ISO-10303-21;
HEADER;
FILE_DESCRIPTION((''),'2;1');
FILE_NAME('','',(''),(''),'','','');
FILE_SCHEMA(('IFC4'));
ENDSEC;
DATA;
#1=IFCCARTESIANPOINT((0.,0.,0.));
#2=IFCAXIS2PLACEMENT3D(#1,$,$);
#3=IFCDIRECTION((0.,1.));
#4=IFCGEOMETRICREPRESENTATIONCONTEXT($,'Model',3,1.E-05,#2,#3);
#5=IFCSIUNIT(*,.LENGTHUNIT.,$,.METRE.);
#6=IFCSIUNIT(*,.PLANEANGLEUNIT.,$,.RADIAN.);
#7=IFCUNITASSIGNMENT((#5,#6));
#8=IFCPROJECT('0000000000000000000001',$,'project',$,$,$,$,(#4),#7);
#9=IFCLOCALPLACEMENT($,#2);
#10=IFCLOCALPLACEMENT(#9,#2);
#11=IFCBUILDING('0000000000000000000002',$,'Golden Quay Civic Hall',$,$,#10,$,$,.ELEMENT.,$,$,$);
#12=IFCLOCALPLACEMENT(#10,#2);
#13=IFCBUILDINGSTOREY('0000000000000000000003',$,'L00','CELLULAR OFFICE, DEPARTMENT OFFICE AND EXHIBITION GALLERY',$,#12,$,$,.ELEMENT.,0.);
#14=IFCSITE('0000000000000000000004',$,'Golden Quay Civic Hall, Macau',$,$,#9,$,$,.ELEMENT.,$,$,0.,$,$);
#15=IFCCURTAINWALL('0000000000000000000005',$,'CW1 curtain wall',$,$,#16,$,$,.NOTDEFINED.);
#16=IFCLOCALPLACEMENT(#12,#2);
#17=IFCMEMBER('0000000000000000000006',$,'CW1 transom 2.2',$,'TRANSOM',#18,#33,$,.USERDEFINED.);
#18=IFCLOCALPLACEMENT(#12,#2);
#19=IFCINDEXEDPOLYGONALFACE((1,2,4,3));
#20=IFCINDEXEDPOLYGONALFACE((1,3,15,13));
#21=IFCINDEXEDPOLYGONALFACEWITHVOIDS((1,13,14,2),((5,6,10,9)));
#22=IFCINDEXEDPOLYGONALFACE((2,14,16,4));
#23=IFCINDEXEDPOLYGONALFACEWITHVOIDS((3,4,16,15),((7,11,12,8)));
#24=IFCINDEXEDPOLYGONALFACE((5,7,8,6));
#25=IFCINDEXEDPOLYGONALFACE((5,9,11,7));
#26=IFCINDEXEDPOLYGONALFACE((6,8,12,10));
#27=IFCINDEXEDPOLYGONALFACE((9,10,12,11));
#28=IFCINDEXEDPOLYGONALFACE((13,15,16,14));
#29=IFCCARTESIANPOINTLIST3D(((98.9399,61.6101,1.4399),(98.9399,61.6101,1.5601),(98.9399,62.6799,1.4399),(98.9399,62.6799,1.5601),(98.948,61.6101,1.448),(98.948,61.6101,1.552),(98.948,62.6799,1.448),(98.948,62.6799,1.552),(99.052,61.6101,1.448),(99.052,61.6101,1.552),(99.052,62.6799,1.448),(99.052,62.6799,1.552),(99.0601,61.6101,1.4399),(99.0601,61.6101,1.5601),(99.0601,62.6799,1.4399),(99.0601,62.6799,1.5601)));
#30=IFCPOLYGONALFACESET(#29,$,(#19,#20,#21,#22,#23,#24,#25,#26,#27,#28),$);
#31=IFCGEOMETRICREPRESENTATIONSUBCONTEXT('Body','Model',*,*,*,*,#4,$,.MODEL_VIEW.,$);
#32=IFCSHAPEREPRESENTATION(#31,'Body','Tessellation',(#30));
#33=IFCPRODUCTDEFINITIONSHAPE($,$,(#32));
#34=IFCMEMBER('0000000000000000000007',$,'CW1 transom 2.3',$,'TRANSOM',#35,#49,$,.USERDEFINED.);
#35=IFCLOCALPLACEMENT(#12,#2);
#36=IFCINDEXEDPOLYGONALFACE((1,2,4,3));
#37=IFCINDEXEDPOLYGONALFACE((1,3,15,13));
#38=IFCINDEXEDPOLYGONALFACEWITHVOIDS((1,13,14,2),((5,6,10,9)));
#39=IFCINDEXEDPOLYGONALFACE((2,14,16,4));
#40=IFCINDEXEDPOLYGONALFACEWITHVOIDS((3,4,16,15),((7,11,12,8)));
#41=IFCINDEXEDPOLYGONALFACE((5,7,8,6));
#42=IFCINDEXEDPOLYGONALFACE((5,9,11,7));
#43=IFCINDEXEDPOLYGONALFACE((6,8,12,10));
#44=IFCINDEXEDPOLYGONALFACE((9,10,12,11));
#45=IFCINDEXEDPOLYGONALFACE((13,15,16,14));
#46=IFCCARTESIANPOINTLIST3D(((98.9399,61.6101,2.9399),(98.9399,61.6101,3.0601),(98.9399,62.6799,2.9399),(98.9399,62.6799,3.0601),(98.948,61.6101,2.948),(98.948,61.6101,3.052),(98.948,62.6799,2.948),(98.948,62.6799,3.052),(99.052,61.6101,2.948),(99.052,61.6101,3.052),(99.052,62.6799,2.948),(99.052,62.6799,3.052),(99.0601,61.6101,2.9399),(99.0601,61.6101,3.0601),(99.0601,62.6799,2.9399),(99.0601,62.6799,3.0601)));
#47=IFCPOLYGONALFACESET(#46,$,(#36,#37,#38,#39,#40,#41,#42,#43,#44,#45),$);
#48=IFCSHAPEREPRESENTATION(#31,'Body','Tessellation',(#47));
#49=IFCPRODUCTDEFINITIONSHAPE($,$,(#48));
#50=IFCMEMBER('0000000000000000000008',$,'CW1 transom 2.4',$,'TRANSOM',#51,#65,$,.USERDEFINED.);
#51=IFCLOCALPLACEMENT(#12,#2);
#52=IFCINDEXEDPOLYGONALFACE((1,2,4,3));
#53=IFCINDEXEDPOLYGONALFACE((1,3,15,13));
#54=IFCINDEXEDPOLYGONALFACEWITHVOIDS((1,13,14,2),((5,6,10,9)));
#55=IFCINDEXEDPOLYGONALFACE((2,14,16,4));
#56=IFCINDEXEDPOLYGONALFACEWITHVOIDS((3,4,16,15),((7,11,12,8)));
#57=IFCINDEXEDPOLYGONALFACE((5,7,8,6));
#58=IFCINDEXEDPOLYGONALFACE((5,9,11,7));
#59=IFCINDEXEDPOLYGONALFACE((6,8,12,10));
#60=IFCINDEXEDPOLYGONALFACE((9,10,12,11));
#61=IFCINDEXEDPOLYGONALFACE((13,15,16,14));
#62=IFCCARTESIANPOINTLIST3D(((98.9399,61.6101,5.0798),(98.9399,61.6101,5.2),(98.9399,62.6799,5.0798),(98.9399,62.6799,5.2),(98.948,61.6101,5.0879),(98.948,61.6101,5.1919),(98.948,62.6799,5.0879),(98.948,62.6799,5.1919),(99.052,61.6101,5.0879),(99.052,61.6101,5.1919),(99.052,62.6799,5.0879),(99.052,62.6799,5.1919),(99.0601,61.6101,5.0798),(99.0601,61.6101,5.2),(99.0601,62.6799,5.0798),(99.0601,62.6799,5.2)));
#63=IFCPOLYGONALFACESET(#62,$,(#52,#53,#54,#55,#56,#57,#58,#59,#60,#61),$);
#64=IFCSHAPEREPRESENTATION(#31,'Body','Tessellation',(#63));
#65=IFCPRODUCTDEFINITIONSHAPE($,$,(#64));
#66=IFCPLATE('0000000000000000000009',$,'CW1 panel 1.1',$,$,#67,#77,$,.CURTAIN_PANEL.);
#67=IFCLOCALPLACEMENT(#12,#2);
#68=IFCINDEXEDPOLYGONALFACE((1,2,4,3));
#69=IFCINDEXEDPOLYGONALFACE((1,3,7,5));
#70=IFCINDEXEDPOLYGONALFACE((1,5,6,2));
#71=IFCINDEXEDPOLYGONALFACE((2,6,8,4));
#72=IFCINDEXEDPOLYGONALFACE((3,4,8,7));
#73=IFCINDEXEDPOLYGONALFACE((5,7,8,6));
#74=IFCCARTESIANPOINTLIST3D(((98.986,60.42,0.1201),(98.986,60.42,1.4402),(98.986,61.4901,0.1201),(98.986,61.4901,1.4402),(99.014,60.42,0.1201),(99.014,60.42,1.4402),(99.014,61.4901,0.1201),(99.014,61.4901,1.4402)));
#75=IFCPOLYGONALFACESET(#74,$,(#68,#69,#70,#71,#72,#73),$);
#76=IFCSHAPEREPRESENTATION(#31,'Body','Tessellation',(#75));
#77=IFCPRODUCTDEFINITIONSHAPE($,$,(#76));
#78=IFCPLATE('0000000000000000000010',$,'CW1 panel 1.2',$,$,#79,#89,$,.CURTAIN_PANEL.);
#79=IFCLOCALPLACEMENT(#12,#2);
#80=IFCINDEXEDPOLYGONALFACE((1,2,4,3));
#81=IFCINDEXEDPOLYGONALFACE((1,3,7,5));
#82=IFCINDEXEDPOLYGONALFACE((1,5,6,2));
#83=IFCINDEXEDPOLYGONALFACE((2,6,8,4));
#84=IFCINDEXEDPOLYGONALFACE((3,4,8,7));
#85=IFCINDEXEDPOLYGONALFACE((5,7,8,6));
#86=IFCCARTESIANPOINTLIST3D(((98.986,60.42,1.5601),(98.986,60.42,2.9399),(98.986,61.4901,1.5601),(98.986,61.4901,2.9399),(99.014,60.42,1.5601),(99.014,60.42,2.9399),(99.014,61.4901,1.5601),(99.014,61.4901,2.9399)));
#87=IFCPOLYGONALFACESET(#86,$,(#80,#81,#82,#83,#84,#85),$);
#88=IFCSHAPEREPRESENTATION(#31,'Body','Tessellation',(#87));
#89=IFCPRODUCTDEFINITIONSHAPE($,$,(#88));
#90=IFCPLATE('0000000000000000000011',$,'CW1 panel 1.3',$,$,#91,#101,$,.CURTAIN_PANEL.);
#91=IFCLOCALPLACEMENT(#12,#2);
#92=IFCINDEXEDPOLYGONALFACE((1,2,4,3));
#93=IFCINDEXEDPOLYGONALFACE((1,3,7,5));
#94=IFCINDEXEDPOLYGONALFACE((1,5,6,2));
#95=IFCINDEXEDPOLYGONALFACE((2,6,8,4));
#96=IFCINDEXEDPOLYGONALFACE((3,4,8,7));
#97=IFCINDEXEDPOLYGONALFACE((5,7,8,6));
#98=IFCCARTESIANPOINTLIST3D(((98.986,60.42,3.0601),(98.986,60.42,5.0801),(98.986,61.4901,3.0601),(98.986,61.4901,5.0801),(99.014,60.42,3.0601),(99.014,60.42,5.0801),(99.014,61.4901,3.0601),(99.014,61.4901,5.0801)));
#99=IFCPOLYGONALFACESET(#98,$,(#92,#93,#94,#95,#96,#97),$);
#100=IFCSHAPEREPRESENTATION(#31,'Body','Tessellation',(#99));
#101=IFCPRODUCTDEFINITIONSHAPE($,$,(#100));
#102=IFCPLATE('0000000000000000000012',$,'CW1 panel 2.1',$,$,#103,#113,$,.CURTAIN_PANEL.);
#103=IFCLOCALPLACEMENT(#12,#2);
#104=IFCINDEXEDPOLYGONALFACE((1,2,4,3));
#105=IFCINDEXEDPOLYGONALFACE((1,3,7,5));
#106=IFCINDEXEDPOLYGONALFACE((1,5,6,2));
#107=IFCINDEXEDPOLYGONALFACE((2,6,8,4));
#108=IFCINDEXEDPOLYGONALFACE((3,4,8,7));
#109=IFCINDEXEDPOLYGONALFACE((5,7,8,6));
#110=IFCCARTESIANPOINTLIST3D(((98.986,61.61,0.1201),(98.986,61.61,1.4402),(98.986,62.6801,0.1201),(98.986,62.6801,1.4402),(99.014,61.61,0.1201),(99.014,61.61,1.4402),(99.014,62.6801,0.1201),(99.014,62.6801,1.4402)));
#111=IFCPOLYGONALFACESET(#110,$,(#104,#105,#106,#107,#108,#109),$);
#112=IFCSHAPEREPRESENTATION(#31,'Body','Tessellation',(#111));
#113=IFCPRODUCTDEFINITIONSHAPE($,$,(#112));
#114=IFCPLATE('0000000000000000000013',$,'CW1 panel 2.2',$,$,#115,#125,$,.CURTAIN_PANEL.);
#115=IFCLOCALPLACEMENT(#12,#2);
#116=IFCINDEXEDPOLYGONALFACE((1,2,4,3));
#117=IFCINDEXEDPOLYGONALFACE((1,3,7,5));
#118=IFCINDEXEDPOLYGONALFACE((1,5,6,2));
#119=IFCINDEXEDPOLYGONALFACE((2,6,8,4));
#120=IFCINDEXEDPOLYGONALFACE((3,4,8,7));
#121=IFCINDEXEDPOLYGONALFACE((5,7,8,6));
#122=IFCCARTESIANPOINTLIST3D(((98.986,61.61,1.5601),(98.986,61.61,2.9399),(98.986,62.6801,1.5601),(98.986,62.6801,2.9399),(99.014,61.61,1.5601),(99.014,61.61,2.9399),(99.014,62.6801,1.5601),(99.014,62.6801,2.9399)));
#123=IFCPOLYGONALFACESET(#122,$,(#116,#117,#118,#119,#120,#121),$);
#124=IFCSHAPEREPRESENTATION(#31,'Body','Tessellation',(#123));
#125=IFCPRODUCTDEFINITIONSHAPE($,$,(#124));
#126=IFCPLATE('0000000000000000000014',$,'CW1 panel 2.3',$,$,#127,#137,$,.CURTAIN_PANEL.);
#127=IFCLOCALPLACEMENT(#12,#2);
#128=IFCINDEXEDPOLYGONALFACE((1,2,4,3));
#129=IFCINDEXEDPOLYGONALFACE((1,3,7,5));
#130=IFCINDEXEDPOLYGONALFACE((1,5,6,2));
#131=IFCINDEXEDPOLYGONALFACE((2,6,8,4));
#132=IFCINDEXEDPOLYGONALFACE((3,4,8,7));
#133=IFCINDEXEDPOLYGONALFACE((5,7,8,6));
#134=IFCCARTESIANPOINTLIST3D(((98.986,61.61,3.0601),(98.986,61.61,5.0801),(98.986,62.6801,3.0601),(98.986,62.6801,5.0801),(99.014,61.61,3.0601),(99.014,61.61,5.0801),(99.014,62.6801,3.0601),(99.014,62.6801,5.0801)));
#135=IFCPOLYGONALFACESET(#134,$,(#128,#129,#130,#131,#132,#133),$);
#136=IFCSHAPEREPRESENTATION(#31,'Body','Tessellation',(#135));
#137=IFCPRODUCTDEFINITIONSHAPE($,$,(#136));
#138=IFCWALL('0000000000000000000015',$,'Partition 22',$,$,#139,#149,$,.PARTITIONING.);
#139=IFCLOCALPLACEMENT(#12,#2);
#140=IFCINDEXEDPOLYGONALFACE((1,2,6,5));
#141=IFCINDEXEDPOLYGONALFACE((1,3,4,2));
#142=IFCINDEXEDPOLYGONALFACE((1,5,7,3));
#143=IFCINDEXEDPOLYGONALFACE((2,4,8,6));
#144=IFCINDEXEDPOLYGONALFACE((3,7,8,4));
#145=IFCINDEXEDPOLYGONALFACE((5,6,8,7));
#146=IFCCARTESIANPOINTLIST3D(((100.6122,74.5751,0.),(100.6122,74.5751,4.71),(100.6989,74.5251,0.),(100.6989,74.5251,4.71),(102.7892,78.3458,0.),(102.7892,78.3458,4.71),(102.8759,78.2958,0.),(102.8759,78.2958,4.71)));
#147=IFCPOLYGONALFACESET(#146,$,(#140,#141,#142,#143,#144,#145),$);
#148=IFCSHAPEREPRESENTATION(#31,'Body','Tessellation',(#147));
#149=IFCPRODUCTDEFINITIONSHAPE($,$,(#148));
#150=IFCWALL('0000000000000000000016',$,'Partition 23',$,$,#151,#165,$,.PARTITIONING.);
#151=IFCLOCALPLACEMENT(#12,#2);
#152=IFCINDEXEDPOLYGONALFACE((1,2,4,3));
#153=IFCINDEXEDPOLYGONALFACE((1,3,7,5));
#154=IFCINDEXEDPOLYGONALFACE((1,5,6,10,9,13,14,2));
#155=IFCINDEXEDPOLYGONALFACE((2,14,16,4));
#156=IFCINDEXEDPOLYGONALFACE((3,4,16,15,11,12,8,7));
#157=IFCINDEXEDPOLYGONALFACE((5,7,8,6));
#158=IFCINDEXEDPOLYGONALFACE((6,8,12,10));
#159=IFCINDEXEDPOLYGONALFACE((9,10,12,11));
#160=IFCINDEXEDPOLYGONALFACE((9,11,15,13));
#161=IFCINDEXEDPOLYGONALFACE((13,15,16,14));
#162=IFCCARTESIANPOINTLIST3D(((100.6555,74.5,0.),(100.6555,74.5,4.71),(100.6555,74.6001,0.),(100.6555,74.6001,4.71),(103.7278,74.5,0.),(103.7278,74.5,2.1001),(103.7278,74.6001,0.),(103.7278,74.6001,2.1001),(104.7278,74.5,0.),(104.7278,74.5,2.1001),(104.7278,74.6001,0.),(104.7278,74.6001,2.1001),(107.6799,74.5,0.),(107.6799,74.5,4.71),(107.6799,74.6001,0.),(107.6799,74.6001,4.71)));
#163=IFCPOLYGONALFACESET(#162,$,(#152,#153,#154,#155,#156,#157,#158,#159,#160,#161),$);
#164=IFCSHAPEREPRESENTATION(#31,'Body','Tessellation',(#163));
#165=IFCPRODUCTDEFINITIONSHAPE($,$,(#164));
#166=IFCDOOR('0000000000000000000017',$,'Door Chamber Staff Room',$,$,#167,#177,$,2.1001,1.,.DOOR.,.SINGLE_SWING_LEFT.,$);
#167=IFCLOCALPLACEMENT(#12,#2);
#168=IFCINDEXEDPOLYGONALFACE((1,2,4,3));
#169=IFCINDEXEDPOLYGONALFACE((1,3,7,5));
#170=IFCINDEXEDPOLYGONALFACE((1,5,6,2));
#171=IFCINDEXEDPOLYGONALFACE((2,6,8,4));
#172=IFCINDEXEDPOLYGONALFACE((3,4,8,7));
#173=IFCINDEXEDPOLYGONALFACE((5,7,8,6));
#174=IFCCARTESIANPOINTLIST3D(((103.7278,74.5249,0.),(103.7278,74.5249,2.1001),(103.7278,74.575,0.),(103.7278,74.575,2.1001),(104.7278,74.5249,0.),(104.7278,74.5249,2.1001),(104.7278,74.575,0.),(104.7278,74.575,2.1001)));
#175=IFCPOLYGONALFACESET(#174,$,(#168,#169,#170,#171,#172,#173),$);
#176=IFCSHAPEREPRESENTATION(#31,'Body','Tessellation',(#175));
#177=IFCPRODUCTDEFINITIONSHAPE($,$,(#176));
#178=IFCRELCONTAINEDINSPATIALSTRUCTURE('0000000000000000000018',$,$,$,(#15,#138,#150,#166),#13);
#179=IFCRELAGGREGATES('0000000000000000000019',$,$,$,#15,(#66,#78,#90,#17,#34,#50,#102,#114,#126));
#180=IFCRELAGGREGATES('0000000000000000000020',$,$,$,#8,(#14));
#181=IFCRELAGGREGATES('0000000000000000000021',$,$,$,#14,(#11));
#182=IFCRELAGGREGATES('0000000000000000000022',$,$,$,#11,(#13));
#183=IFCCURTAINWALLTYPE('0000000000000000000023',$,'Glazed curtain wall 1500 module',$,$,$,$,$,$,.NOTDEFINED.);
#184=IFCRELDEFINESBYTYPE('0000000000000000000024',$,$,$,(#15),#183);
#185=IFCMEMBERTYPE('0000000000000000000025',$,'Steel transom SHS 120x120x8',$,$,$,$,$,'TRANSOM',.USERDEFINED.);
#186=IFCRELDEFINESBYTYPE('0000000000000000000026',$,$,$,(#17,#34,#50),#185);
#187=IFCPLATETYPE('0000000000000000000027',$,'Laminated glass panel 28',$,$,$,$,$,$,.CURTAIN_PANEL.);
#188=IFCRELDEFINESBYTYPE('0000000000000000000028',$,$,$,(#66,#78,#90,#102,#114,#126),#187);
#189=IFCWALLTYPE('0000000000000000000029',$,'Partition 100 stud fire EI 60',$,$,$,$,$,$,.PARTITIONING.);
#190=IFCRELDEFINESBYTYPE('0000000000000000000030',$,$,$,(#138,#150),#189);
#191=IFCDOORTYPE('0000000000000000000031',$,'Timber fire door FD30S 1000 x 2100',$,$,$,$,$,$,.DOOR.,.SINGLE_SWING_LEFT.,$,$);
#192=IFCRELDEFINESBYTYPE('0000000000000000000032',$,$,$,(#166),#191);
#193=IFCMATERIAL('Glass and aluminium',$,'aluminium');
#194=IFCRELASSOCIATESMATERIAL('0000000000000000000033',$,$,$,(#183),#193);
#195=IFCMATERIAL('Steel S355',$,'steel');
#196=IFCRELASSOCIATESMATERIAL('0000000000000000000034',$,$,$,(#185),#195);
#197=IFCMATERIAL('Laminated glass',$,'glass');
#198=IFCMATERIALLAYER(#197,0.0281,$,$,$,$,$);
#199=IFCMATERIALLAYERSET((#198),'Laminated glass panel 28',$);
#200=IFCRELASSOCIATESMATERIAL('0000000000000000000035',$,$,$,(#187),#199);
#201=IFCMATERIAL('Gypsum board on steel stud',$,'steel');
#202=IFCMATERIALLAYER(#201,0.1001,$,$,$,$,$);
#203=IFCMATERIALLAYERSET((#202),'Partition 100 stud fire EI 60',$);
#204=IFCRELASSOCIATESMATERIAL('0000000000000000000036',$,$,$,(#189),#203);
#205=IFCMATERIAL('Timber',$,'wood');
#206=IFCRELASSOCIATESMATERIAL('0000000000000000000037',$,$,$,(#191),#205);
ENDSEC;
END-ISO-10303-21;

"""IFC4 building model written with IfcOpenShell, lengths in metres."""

from ifc_helpers import new_model, si_unit, direction, frame, frame_2d, origin, origin_2d, place, context, subcontext, project, spatial, rectangle, hollow_rectangle, extrude, material, layer, layer_set, material_profile, profile_set, type_object, element, fill, aggregate, save


model = new_model("IFC4")

# Units and contexts
model_context = context("Model", 3, precision=1e-05, world=origin(), true_north=direction((0.0, 1.0)))
body_context = subcontext(model_context, "Body", "Model", "MODEL_VIEW")
ifc_project = project(units=[si_unit("LENGTHUNIT", "METRE"), si_unit("PLANEANGLEUNIT", "RADIAN")], contexts=[model_context])

# Site, building, storey
site_placement = place(None, origin())
site = spatial("IfcSite", under=ifc_project, at=site_placement, Name="Golden Quay Civic Hall, Macau", CompositionType="ELEMENT", RefElevation=0.0)
building_placement = place(site_placement, origin())
building = spatial("IfcBuilding", under=site, at=building_placement, Name="Golden Quay Civic Hall", CompositionType="ELEMENT")
storey_placement = place(building_placement, origin())
storey = spatial("IfcBuildingStorey", under=building, at=storey_placement, Name="L00", Description="CELLULAR OFFICE, DEPARTMENT OFFICE AND EXHIBITION GALLERY", CompositionType="ELEMENT", Elevation=0.0)

# Curtain wall, members, plates
ifc_material_1 = material(Name="Glass and aluminium", Category="aluminium")
curtain_wall_type = type_object("IfcCurtainWallType", Name="Glazed curtain wall 1500 module", PredefinedType="NOTDEFINED", material=ifc_material_1)
curtain_wall_placement = place(storey_placement, origin())
curtain_wall = element("IfcCurtainWall", 1, at=curtain_wall_placement, inside=storey, type_object=curtain_wall_type, Name="CW1 curtain wall", PredefinedType="NOTDEFINED")
ifc_material_2 = material(Name="Steel S355", Category="steel")
ifc_material_profile_1 = material_profile(ifc_material_2, hollow_rectangle(XDim=0.1201, YDim=0.1201, WallThickness=0.0081, at=origin_2d()), Name="SHS 120x120x8")
ifc_profile_set_1 = profile_set([ifc_material_profile_1], Name="Steel S355")
member_type_1 = type_object("IfcMemberType", Name="Steel transom SHS 120x120x8", ElementType="TRANSOM", PredefinedType="USERDEFINED", material=ifc_profile_set_1)
member_1_placement = place(storey_placement, frame((99.0, 61.6101, 1.5), z_axis=(0.0, 1.0, 0.0), x_axis=(-1.0, 0.0, 0.0)))
member_1 = element("IfcMember", 2, at=member_1_placement, type_object=member_type_1, Name="CW1 transom 2.2", ObjectType="TRANSOM", PredefinedType="USERDEFINED", context=body_context, shape_type="SweptSolid", body=[
    extrude(hollow_rectangle(XDim=0.1201, YDim=0.1201, WallThickness=0.0081, at=origin_2d()), origin(), (0.0, 0.0, 1.0), 1.0698),
])
member_2_placement = place(storey_placement, frame((99.0, 61.6101, 3.0), z_axis=(0.0, 1.0, 0.0), x_axis=(-1.0, 0.0, 0.0)))
member_2 = element("IfcMember", 3, at=member_2_placement, type_object=member_type_1, Name="CW1 transom 2.3", ObjectType="TRANSOM", PredefinedType="USERDEFINED", context=body_context, shape_type="SweptSolid", body=[
    extrude(hollow_rectangle(XDim=0.1201, YDim=0.1201, WallThickness=0.0081, at=origin_2d()), origin(), (0.0, 0.0, 1.0), 1.0698),
])
member_3_placement = place(storey_placement, frame((99.0, 61.6101, 5.1399), z_axis=(0.0, 1.0, 0.0), x_axis=(-1.0, 0.0, 0.0)))
member_3 = element("IfcMember", 4, at=member_3_placement, type_object=member_type_1, Name="CW1 transom 2.4", ObjectType="TRANSOM", PredefinedType="USERDEFINED", context=body_context, shape_type="SweptSolid", body=[
    extrude(hollow_rectangle(XDim=0.1201, YDim=0.1201, WallThickness=0.0081, at=origin_2d()), origin(), (0.0, 0.0, 1.0), 1.0698),
])
ifc_material_3 = material(Name="Laminated glass", Category="glass")
ifc_layer_1 = layer(ifc_material_3, 0.0281)
ifc_layer_set_1 = layer_set([ifc_layer_1], Name="Laminated glass panel 28")
plate_type = type_object("IfcPlateType", Name="Laminated glass panel 28", PredefinedType="CURTAIN_PANEL", material=ifc_layer_set_1)
plate_1_placement = place(storey_placement, frame((99.0, 60.9551, 0.1201), z_axis=(0.0, 0.0, 1.0), x_axis=(0.0, 1.0, 0.0)))
plate_1 = element("IfcPlate", 5, at=plate_1_placement, type_object=plate_type, Name="CW1 panel 1.1", PredefinedType="CURTAIN_PANEL", context=body_context, shape_type="SweptSolid", body=[
    extrude(rectangle(XDim=1.0701, YDim=0.0281, at=origin_2d()), origin(), (0.0, 0.0, 1.0), 1.3201),
])
plate_2_placement = place(storey_placement, frame((99.0, 60.9551, 1.5601), z_axis=(0.0, 0.0, 1.0), x_axis=(0.0, 1.0, 0.0)))
plate_2 = element("IfcPlate", 6, at=plate_2_placement, type_object=plate_type, Name="CW1 panel 1.2", PredefinedType="CURTAIN_PANEL", context=body_context, shape_type="SweptSolid", body=[
    extrude(rectangle(XDim=1.0701, YDim=0.0281, at=origin_2d()), origin(), (0.0, 0.0, 1.0), 1.3799),
])
plate_3_placement = place(storey_placement, frame((99.0, 60.9551, 3.0601), z_axis=(0.0, 0.0, 1.0), x_axis=(0.0, 1.0, 0.0)))
plate_3 = element("IfcPlate", 7, at=plate_3_placement, type_object=plate_type, Name="CW1 panel 1.3", PredefinedType="CURTAIN_PANEL", context=body_context, shape_type="SweptSolid", body=[
    extrude(rectangle(XDim=1.0701, YDim=0.0281, at=origin_2d()), origin(), (0.0, 0.0, 1.0), 2.02),
])
plate_4_placement = place(storey_placement, frame((99.0, 62.145, 0.1201), z_axis=(0.0, 0.0, 1.0), x_axis=(0.0, 1.0, 0.0)))
plate_4 = element("IfcPlate", 8, at=plate_4_placement, type_object=plate_type, Name="CW1 panel 2.1", PredefinedType="CURTAIN_PANEL", context=body_context, shape_type="SweptSolid", body=[
    extrude(rectangle(XDim=1.0701, YDim=0.0281, at=origin_2d()), origin(), (0.0, 0.0, 1.0), 1.3201),
])
plate_5_placement = place(storey_placement, frame((99.0, 62.145, 1.5601), z_axis=(0.0, 0.0, 1.0), x_axis=(0.0, 1.0, 0.0)))
plate_5 = element("IfcPlate", 9, at=plate_5_placement, type_object=plate_type, Name="CW1 panel 2.2", PredefinedType="CURTAIN_PANEL", context=body_context, shape_type="SweptSolid", body=[
    extrude(rectangle(XDim=1.0701, YDim=0.0281, at=origin_2d()), origin(), (0.0, 0.0, 1.0), 1.3799),
])
plate_6_placement = place(storey_placement, frame((99.0, 62.145, 3.0601), z_axis=(0.0, 0.0, 1.0), x_axis=(0.0, 1.0, 0.0)))
plate_6 = element("IfcPlate", 10, at=plate_6_placement, type_object=plate_type, Name="CW1 panel 2.3", PredefinedType="CURTAIN_PANEL", context=body_context, shape_type="SweptSolid", body=[
    extrude(rectangle(XDim=1.0701, YDim=0.0281, at=origin_2d()), origin(), (0.0, 0.0, 1.0), 2.02),
])
aggregate(curtain_wall, [plate_1, plate_2, plate_3, member_1, member_2, member_3, plate_4, plate_5, plate_6])

# Wall
ifc_material_4 = material(Name="Gypsum board on steel stud", Category="steel")
ifc_layer_2 = layer(ifc_material_4, 0.1001)
ifc_layer_set_2 = layer_set([ifc_layer_2], Name="Partition 100 stud fire EI 60")
wall_type_1 = type_object("IfcWallType", Name="Partition 100 stud fire EI 60", PredefinedType="PARTITIONING", material=ifc_layer_set_2)
wall_1_placement = place(storey_placement, frame((102.8325, 78.3208, 0.0), z_axis=(0.0, 0.0, 1.0), x_axis=(-0.499993, -0.86603, 0.0)))
element("IfcWall", 11, at=wall_1_placement, inside=storey, type_object=wall_type_1, Name="Partition 22", PredefinedType="PARTITIONING", context=body_context, shape_type="SweptSolid", body=[
    extrude(rectangle(XDim=4.354, YDim=0.1001, at=frame_2d((2.177, 0.0))), origin(), (0.0, 0.0, 1.0), 4.71),
])

# Wall, opening, door
wall_2_placement = place(storey_placement, frame((100.6555, 74.55, 0.0), z_axis=(0.0, 0.0, 1.0), x_axis=(1.0, 0.0, 0.0)))
wall_2 = element("IfcWall", 12, at=wall_2_placement, inside=storey, type_object=wall_type_1, Name="Partition 23", PredefinedType="PARTITIONING", context=body_context, shape_type="SweptSolid", body=[
    extrude(rectangle(XDim=7.0244, YDim=0.1001, at=frame_2d((3.5122, 0.0))), origin(), (0.0, 0.0, 1.0), 4.71),
])
opening_1_placement = place(wall_2_placement, frame((3.0723, 0.0, 0.0)))
opening_1 = element("IfcOpeningElement", 13, at=opening_1_placement, cuts=wall_2, PredefinedType="OPENING", context=body_context, shape_type="SweptSolid", body=[
    extrude(rectangle(XDim=1.0, YDim=2.1001, at=frame_2d((0.5, 1.05))), frame((0.0, 0.0601, 0.0), z_axis=(0.0, -1.0, 0.0), x_axis=(1.0, 0.0, 0.0)), (0.0, 0.0, 1.0), 0.1201),
])
ifc_material_5 = material(Name="Timber", Category="wood")
door_type_1 = type_object("IfcDoorType", Name="Timber fire door FD30S 1000 x 2100", OperationType="SINGLE_SWING_LEFT", PredefinedType="DOOR", material=ifc_material_5)
door_1_placement = place(opening_1_placement, origin())
door_1 = element("IfcDoor", 14, at=door_1_placement, inside=storey, type_object=door_type_1, Name="Door Chamber Staff Room", OperationType="SINGLE_SWING_LEFT", OverallHeight=2.1001, OverallWidth=1.0, PredefinedType="DOOR", context=body_context, shape_type="SweptSolid", body=[
    extrude(rectangle(XDim=1.0, YDim=2.1001, at=frame_2d((0.5, 1.05))), frame((0.0, 0.0249, 0.0), z_axis=(0.0, -1.0, 0.0), x_axis=(1.0, 0.0, 0.0)), (0.0, 0.0, 1.0), 0.05),
])
fill(opening_1, door_1)

save(model, "model.ifc")
